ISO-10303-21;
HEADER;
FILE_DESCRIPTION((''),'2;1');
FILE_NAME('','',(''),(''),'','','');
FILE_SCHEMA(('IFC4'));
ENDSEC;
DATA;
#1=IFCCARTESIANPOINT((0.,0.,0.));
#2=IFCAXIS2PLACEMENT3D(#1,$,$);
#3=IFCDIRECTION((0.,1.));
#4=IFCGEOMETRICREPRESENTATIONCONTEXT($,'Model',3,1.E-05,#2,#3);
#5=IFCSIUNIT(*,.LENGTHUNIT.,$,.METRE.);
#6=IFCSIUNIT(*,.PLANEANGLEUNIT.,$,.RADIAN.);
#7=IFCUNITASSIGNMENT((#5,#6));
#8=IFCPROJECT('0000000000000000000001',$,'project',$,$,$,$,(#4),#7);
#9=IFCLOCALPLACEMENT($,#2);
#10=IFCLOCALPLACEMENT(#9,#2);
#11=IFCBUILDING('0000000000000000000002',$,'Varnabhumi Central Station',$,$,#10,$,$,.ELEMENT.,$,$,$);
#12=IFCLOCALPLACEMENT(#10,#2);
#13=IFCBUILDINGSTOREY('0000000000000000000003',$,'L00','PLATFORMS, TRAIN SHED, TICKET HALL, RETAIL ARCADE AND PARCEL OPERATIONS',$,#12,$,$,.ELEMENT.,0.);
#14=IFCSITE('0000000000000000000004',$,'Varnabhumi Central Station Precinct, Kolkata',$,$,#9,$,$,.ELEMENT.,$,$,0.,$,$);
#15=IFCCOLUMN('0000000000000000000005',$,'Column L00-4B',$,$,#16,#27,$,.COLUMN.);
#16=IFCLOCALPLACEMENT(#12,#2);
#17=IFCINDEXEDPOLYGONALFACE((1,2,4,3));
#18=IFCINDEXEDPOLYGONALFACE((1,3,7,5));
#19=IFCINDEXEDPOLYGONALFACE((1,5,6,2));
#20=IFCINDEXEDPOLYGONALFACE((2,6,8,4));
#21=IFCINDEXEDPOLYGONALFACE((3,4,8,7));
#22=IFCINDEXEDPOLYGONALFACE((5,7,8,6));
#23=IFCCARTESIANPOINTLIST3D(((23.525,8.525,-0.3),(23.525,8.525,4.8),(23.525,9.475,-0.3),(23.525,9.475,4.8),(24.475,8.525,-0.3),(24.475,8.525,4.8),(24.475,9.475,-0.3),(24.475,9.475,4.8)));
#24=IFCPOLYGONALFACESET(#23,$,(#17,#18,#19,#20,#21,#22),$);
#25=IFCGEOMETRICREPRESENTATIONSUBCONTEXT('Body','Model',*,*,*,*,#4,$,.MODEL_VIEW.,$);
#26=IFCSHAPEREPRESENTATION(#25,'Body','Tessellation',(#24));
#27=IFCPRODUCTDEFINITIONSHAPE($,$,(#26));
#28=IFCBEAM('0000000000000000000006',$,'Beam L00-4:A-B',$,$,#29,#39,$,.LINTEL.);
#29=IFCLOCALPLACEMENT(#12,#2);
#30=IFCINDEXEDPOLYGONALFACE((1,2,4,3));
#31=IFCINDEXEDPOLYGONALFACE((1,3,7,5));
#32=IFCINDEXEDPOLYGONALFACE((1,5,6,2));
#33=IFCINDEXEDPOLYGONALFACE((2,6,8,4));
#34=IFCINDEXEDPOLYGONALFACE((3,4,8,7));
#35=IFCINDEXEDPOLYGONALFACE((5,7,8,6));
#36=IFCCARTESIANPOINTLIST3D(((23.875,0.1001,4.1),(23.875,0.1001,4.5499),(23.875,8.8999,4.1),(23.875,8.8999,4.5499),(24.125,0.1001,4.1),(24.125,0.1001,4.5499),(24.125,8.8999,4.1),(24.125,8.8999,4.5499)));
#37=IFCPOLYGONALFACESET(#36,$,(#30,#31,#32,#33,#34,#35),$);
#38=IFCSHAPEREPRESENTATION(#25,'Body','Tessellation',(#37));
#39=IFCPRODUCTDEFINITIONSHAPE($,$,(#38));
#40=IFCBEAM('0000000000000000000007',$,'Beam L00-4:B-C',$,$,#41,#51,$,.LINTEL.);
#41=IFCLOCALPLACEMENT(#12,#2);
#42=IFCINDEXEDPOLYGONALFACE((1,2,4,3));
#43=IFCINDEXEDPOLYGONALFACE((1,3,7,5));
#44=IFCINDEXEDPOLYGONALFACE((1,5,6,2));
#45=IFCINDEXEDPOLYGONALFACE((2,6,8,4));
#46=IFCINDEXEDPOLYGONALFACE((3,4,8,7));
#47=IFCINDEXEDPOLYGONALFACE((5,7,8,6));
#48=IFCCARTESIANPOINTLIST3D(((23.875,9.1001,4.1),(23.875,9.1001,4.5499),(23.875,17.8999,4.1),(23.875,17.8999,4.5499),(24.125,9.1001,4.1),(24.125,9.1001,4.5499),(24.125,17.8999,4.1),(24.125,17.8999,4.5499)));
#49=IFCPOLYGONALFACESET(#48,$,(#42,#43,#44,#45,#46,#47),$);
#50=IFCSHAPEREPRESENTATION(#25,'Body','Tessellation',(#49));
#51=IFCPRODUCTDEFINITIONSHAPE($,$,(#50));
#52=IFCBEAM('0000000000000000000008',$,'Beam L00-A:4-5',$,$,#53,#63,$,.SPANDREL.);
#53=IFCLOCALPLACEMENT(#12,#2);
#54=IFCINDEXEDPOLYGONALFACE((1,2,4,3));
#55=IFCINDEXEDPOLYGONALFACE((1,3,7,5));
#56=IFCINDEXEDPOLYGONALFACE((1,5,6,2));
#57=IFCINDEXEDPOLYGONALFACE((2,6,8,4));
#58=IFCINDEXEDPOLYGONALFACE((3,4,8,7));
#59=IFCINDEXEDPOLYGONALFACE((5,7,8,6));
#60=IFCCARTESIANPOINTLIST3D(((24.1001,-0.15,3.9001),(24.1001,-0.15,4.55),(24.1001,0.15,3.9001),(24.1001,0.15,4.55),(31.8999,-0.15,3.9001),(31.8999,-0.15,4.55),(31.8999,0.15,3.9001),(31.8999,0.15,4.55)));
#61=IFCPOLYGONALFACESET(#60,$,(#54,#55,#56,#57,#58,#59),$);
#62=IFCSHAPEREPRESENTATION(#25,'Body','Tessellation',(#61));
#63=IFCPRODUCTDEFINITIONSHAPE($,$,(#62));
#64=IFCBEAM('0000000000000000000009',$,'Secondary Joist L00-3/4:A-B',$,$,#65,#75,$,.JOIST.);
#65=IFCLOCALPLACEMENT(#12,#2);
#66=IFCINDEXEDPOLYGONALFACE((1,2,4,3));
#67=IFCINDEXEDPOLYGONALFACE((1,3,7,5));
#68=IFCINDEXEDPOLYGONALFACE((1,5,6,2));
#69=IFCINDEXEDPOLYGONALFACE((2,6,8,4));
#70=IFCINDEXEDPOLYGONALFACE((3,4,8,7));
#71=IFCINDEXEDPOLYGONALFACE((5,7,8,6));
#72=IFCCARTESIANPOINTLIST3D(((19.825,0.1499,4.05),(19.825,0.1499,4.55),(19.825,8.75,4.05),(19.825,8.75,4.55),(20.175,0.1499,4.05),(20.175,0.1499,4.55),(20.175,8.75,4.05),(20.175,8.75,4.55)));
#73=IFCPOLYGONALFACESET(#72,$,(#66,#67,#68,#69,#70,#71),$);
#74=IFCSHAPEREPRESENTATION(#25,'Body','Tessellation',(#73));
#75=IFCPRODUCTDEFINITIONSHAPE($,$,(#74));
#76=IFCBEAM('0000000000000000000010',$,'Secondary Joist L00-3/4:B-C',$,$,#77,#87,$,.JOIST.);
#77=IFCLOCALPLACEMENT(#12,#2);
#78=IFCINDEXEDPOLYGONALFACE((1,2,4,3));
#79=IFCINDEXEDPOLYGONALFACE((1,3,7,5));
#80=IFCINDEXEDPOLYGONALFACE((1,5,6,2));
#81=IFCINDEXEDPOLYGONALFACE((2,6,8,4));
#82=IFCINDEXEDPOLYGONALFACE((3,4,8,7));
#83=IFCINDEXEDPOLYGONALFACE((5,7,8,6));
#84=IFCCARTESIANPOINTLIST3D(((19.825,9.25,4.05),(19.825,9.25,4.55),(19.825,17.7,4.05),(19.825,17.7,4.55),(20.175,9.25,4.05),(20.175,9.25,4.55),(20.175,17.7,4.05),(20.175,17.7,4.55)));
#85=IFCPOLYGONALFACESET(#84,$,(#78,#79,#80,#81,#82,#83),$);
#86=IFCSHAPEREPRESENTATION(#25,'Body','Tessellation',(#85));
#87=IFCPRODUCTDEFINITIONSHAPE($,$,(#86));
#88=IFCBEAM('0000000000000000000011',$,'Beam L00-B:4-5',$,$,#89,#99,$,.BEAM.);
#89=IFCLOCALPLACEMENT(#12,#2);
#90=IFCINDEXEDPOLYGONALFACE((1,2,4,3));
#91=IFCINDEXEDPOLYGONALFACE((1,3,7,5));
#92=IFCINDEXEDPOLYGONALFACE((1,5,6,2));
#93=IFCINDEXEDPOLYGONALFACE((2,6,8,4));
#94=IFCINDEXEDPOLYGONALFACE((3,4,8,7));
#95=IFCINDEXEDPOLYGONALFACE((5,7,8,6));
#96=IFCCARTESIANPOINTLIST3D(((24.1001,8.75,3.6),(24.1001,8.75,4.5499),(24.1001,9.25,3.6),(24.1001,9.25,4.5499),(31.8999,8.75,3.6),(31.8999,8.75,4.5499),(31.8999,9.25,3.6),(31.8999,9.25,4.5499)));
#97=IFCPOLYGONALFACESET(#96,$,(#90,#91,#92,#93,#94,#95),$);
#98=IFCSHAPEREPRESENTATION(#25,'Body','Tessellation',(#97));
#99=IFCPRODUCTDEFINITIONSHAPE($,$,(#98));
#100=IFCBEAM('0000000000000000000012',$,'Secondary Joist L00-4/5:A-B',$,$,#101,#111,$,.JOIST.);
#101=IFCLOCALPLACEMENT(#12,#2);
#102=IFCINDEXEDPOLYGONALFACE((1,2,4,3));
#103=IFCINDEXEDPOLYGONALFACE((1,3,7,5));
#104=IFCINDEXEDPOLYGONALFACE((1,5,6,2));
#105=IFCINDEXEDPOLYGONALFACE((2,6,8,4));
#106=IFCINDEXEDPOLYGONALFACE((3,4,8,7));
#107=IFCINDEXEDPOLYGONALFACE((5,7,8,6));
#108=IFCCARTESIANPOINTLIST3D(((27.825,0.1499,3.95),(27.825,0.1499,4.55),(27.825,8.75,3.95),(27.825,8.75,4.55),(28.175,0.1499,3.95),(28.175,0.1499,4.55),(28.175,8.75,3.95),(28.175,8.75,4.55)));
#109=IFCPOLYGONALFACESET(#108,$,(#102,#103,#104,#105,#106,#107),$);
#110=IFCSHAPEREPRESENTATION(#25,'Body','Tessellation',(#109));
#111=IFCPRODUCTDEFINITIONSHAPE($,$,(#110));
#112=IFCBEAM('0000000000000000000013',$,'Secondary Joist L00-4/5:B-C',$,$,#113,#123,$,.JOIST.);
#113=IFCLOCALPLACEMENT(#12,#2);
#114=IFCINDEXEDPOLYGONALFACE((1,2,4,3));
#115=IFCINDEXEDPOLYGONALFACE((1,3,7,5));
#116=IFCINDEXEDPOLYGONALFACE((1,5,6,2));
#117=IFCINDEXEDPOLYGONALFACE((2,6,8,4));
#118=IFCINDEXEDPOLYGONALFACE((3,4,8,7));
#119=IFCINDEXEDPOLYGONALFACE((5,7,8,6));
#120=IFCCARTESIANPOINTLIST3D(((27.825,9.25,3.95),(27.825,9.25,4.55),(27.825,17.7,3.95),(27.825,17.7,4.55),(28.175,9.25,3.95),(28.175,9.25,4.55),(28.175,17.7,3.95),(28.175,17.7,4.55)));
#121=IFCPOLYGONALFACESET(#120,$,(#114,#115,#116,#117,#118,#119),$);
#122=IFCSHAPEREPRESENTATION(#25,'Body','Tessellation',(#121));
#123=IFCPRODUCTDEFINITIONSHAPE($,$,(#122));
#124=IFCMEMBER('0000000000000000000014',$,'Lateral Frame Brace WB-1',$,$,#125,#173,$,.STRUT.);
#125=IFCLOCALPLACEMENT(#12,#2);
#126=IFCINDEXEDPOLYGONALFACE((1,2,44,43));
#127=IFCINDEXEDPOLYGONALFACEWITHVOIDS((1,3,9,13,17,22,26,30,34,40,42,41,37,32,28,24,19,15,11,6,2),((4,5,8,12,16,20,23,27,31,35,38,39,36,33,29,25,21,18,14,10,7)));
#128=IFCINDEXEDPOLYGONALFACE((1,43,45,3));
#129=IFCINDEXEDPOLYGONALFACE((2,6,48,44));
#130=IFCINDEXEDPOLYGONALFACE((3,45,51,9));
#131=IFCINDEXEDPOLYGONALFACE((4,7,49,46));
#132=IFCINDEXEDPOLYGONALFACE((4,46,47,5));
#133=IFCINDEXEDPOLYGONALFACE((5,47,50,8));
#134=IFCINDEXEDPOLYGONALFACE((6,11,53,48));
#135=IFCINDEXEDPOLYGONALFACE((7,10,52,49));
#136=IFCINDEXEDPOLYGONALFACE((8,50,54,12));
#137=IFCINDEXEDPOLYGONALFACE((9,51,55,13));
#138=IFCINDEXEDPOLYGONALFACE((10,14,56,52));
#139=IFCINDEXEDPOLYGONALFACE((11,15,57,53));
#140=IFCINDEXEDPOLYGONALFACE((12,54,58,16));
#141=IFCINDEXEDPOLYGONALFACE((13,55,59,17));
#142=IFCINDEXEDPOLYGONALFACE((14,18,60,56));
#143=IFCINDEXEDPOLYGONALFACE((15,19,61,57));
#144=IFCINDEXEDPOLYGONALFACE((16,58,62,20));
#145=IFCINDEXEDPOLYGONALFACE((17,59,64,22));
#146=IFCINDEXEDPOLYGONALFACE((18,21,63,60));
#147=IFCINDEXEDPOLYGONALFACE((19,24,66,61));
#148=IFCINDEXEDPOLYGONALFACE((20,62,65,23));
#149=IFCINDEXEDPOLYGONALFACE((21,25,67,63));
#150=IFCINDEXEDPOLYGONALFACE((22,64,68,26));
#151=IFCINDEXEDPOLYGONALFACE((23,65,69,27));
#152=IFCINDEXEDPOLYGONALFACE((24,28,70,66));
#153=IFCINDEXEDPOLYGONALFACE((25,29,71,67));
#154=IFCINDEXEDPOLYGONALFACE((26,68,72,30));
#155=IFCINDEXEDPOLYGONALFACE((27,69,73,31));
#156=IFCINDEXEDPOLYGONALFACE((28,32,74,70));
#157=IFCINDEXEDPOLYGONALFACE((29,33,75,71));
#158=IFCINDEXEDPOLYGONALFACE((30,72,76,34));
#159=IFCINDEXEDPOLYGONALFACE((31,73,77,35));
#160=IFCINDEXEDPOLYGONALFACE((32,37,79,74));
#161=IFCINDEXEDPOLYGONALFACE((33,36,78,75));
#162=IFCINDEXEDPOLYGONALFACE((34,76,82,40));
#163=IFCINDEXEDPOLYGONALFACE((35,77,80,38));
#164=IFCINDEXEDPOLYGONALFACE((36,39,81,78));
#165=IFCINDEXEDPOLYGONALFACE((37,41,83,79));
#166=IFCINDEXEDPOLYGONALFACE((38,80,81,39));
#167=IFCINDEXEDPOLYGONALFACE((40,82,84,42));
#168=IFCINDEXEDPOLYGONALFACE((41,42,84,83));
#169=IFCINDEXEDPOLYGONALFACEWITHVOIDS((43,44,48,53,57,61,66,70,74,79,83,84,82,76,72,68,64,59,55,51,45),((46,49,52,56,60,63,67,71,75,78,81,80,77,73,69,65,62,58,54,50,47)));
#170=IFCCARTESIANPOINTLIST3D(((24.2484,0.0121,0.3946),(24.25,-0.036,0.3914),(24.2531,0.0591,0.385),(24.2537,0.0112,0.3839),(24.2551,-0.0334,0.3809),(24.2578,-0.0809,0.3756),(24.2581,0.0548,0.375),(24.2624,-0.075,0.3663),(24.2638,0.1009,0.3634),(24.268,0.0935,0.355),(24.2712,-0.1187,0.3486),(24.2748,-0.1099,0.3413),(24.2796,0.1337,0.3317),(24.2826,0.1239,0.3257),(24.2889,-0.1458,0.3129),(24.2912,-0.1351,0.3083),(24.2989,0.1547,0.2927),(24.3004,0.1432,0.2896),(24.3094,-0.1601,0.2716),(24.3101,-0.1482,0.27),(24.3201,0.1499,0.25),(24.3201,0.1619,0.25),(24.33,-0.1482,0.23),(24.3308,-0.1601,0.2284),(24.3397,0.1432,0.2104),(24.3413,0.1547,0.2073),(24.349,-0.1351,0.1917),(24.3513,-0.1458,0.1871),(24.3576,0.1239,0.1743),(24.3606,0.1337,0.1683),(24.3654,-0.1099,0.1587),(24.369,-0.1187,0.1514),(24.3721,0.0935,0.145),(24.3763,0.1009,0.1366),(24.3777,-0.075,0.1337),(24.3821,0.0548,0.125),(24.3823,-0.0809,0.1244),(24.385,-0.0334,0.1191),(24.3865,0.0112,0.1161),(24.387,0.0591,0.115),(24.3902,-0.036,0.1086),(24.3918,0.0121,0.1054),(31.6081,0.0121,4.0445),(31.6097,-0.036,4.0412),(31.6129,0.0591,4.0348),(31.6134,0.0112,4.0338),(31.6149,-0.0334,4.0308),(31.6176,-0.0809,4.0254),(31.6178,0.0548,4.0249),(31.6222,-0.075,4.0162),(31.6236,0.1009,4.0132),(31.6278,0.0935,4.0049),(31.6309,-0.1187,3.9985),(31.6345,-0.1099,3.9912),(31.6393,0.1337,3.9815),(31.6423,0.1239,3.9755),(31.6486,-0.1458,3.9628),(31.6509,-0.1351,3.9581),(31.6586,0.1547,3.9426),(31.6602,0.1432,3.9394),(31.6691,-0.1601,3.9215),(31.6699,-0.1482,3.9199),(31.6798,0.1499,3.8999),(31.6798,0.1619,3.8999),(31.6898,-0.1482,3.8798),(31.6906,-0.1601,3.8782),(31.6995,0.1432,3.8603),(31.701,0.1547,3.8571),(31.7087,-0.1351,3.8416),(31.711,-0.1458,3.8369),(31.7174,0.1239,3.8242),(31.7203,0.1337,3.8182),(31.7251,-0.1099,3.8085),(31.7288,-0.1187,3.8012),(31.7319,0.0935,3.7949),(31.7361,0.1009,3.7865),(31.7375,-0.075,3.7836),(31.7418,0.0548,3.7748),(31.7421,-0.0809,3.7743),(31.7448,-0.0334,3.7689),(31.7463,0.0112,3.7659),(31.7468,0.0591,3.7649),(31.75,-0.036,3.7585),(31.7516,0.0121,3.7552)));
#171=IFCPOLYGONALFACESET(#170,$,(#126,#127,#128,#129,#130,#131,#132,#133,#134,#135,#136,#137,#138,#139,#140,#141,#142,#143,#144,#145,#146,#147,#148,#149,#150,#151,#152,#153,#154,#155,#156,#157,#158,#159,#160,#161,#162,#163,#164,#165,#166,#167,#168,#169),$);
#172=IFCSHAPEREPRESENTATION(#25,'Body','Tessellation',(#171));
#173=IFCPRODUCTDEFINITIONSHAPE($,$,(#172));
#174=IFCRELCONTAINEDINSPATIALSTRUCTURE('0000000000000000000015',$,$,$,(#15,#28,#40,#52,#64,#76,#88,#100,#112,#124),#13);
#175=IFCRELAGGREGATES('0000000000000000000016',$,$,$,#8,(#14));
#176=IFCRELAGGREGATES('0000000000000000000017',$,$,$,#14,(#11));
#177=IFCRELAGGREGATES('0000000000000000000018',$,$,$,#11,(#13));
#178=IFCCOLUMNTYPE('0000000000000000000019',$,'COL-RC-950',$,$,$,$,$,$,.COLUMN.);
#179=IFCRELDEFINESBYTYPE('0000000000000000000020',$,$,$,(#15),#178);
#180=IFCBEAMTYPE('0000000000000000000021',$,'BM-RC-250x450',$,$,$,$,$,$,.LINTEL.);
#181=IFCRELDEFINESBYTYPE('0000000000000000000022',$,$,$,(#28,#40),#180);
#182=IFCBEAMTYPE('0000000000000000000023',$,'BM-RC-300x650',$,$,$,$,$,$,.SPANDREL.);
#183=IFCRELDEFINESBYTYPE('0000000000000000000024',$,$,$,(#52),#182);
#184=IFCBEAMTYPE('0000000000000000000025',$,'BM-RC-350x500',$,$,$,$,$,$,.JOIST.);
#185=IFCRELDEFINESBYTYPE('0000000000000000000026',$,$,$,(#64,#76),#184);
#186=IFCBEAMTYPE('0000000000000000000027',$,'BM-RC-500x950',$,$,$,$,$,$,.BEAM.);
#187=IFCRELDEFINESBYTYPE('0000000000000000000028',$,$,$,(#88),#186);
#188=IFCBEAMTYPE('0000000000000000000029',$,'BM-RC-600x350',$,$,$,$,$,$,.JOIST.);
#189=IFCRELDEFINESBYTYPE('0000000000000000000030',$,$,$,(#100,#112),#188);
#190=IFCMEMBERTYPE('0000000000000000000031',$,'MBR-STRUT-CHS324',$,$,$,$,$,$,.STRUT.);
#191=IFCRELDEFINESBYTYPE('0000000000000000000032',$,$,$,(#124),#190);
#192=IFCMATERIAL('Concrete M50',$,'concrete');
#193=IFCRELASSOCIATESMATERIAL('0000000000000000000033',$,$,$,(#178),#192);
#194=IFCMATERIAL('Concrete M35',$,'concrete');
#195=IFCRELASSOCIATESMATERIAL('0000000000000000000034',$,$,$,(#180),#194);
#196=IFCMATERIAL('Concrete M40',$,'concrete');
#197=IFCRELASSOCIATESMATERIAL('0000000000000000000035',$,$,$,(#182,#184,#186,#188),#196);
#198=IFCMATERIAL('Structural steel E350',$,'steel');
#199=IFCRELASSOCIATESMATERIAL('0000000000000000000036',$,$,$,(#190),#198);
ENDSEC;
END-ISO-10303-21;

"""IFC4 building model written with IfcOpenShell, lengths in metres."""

from ifc_helpers import new_model, si_unit, direction, frame, origin, origin_2d, place, context, subcontext, project, spatial, rectangle, hollow_circle, extrude, material, material_profile, profile_set, type_object, element, save


model = new_model("IFC4")

# Units and contexts
model_context = context("Model", 3, precision=1e-05, world=origin(), true_north=direction((0.0, 1.0)))
body_context = subcontext(model_context, "Body", "Model", "MODEL_VIEW")
ifc_project = project(units=[si_unit("LENGTHUNIT", "METRE"), si_unit("PLANEANGLEUNIT", "RADIAN")], contexts=[model_context])

# Site, building, storey
site_placement = place(None, origin())
site = spatial("IfcSite", under=ifc_project, at=site_placement, Name="Varnabhumi Central Station Precinct, Kolkata", CompositionType="ELEMENT", RefElevation=0.0)
building_placement = place(site_placement, origin())
building = spatial("IfcBuilding", under=site, at=building_placement, Name="Varnabhumi Central Station", CompositionType="ELEMENT")
storey_placement = place(building_placement, origin())
storey = spatial("IfcBuildingStorey", under=building, at=storey_placement, Name="L00", Description="PLATFORMS, TRAIN SHED, TICKET HALL, RETAIL ARCADE AND PARCEL OPERATIONS", CompositionType="ELEMENT", Elevation=0.0)

# Shared definitions
ifc_material_1 = material(Name="Concrete M40", Category="concrete")

# Shared definitions
ifc_material_2 = material(Name="Concrete M35", Category="concrete")

# Column
ifc_material_3 = material(Name="Concrete M50", Category="concrete")
ifc_material_profile_1 = material_profile(ifc_material_3, rectangle(XDim=0.95, YDim=0.95, at=origin_2d()), Name="Concrete M50", Category="concrete")
ifc_profile_set_1 = profile_set([ifc_material_profile_1], Name="Concrete M50")
column_type_1 = type_object("IfcColumnType", Name="COL-RC-950", PredefinedType="COLUMN", material=ifc_profile_set_1)
column_1_placement = place(storey_placement, frame((24.0, 9.0, -0.3), z_axis=(0.0, 0.0, 1.0), x_axis=(1.0, 0.0, 0.0)))
element("IfcColumn", 1, at=column_1_placement, inside=storey, type_object=column_type_1, Name="Column L00-4B", PredefinedType="COLUMN", context=body_context, shape_type="SweptSolid", body=[
    extrude(rectangle(XDim=0.95, YDim=0.95, at=origin_2d()), origin(), (0.0, 0.0, 1.0), 5.1001),
])

# Beams
ifc_material_profile_2 = material_profile(ifc_material_2, rectangle(XDim=0.25, YDim=0.45, at=origin_2d()), Name="Concrete M35", Category="concrete")
ifc_profile_set_2 = profile_set([ifc_material_profile_2], Name="Concrete M35")
beam_type_1 = type_object("IfcBeamType", Name="BM-RC-250x450", PredefinedType="LINTEL", material=ifc_profile_set_2)
for number, where, z_axis, x_axis, name in (
    (2, (24.0, 0.1001, 4.325), (0.0, 1.0, 0.0), (-1.0, 0.0, 0.0), "Beam L00-4:A-B"),
    (3, (24.0, 9.1001, 4.325), (0.0, 1.0, 0.0), (-1.0, 0.0, 0.0), "Beam L00-4:B-C"),
):
    element("IfcBeam", number, at=place(storey_placement, frame(where, z_axis=z_axis, x_axis=x_axis)), inside=storey, type_object=beam_type_1, Name=name, PredefinedType="LINTEL", context=body_context, shape_type="SweptSolid", body=[
        extrude(rectangle(XDim=0.25, YDim=0.45, at=origin_2d()), origin(), (0.0, 0.0, 1.0), 8.7998),
    ])
ifc_material_profile_3 = material_profile(ifc_material_1, rectangle(XDim=0.3, YDim=0.6499, at=origin_2d()), Name="Concrete M40", Category="concrete")
ifc_profile_set_3 = profile_set([ifc_material_profile_3], Name="Concrete M40")
beam_type_2 = type_object("IfcBeamType", Name="BM-RC-300x650", PredefinedType="SPANDREL", material=ifc_profile_set_3)
beam_1_placement = place(storey_placement, frame((24.1001, 0.0, 4.2251), z_axis=(1.0, 0.0, 0.0), x_axis=(0.0, 1.0, 0.0)))
element("IfcBeam", 4, at=beam_1_placement, inside=storey, type_object=beam_type_2, Name="Beam L00-A:4-5", PredefinedType="SPANDREL", context=body_context, shape_type="SweptSolid", body=[
    extrude(rectangle(XDim=0.3, YDim=0.6499, at=origin_2d()), origin(), (0.0, 0.0, 1.0), 7.7998),
])
ifc_material_profile_4 = material_profile(ifc_material_1, rectangle(XDim=0.3501, YDim=0.5, at=origin_2d()), Name="Concrete M40", Category="concrete")
ifc_profile_set_4 = profile_set([ifc_material_profile_4], Name="Concrete M40")
beam_type_3 = type_object("IfcBeamType", Name="BM-RC-350x500", PredefinedType="JOIST", material=ifc_profile_set_4)
beam_2_placement = place(storey_placement, frame((20.0, 0.1499, 4.3), z_axis=(0.0, 1.0, 0.0), x_axis=(-1.0, 0.0, 0.0)))
element("IfcBeam", 5, at=beam_2_placement, inside=storey, type_object=beam_type_3, Name="Secondary Joist L00-3/4:A-B", PredefinedType="JOIST", context=body_context, shape_type="SweptSolid", body=[
    extrude(rectangle(XDim=0.3501, YDim=0.5, at=origin_2d()), origin(), (0.0, 0.0, 1.0), 8.6001),
])
beam_3_placement = place(storey_placement, frame((20.0, 9.25, 4.3), z_axis=(0.0, 1.0, 0.0), x_axis=(-1.0, 0.0, 0.0)))
element("IfcBeam", 6, at=beam_3_placement, inside=storey, type_object=beam_type_3, Name="Secondary Joist L00-3/4:B-C", PredefinedType="JOIST", context=body_context, shape_type="SweptSolid", body=[
    extrude(rectangle(XDim=0.3501, YDim=0.5, at=origin_2d()), origin(), (0.0, 0.0, 1.0), 8.45),
])
ifc_material_profile_5 = material_profile(ifc_material_1, rectangle(XDim=0.5, YDim=0.95, at=origin_2d()), Name="Concrete M40", Category="concrete")
ifc_profile_set_5 = profile_set([ifc_material_profile_5], Name="Concrete M40")
beam_type_4 = type_object("IfcBeamType", Name="BM-RC-500x950", PredefinedType="BEAM", material=ifc_profile_set_5)
beam_4_placement = place(storey_placement, frame((24.1001, 9.0, 4.075), z_axis=(1.0, 0.0, 0.0), x_axis=(0.0, 1.0, 0.0)))
element("IfcBeam", 7, at=beam_4_placement, inside=storey, type_object=beam_type_4, Name="Beam L00-B:4-5", PredefinedType="BEAM", context=body_context, shape_type="SweptSolid", body=[
    extrude(rectangle(XDim=0.5, YDim=0.95, at=origin_2d()), origin(), (0.0, 0.0, 1.0), 7.7998),
])
ifc_material_profile_6 = material_profile(ifc_material_1, rectangle(XDim=0.3501, YDim=0.6001, at=origin_2d()), Name="Concrete M40", Category="concrete")
ifc_profile_set_6 = profile_set([ifc_material_profile_6], Name="Concrete M40")
beam_type_5 = type_object("IfcBeamType", Name="BM-RC-600x350", PredefinedType="JOIST", material=ifc_profile_set_6)
beam_5_placement = place(storey_placement, frame((28.0, 0.1499, 4.25), z_axis=(0.0, 1.0, 0.0), x_axis=(-1.0, 0.0, 0.0)))
element("IfcBeam", 8, at=beam_5_placement, inside=storey, type_object=beam_type_5, Name="Secondary Joist L00-4/5:A-B", PredefinedType="JOIST", context=body_context, shape_type="SweptSolid", body=[
    extrude(rectangle(XDim=0.3501, YDim=0.6001, at=origin_2d()), origin(), (0.0, 0.0, 1.0), 8.6001),
])
beam_6_placement = place(storey_placement, frame((28.0, 9.25, 4.25), z_axis=(0.0, 1.0, 0.0), x_axis=(-1.0, 0.0, 0.0)))
element("IfcBeam", 9, at=beam_6_placement, inside=storey, type_object=beam_type_5, Name="Secondary Joist L00-4/5:B-C", PredefinedType="JOIST", context=body_context, shape_type="SweptSolid", body=[
    extrude(rectangle(XDim=0.3501, YDim=0.6001, at=origin_2d()), origin(), (0.0, 0.0, 1.0), 8.45),
])

# Member
ifc_material_4 = material(Name="Structural steel E350", Category="steel")
ifc_material_profile_7 = material_profile(ifc_material_4, hollow_circle(Radius=0.1619, WallThickness=0.012, at=origin_2d()), Name="Structural steel E350", Category="steel")
ifc_profile_set_7 = profile_set([ifc_material_profile_7], Name="Structural steel E350")
member_type = type_object("IfcMemberType", Name="MBR-STRUT-CHS324", PredefinedType="STRUT", material=ifc_profile_set_7)
member_placement = place(storey_placement, frame((24.3201, 0.0, 0.25), z_axis=(0.895885, 0.0, 0.444287), x_axis=(0.0, 1.0, 0.0)))
element("IfcMember", 10, at=member_placement, inside=storey, type_object=member_type, Name="Lateral Frame Brace WB-1", PredefinedType="STRUT", context=body_context, shape_type="SweptSolid", body=[
    extrude(hollow_circle(Radius=0.1619, WallThickness=0.012, at=origin_2d()), origin(), (0.0, 0.0, 1.0), 8.2151),
])

save(model, "model.ifc")
